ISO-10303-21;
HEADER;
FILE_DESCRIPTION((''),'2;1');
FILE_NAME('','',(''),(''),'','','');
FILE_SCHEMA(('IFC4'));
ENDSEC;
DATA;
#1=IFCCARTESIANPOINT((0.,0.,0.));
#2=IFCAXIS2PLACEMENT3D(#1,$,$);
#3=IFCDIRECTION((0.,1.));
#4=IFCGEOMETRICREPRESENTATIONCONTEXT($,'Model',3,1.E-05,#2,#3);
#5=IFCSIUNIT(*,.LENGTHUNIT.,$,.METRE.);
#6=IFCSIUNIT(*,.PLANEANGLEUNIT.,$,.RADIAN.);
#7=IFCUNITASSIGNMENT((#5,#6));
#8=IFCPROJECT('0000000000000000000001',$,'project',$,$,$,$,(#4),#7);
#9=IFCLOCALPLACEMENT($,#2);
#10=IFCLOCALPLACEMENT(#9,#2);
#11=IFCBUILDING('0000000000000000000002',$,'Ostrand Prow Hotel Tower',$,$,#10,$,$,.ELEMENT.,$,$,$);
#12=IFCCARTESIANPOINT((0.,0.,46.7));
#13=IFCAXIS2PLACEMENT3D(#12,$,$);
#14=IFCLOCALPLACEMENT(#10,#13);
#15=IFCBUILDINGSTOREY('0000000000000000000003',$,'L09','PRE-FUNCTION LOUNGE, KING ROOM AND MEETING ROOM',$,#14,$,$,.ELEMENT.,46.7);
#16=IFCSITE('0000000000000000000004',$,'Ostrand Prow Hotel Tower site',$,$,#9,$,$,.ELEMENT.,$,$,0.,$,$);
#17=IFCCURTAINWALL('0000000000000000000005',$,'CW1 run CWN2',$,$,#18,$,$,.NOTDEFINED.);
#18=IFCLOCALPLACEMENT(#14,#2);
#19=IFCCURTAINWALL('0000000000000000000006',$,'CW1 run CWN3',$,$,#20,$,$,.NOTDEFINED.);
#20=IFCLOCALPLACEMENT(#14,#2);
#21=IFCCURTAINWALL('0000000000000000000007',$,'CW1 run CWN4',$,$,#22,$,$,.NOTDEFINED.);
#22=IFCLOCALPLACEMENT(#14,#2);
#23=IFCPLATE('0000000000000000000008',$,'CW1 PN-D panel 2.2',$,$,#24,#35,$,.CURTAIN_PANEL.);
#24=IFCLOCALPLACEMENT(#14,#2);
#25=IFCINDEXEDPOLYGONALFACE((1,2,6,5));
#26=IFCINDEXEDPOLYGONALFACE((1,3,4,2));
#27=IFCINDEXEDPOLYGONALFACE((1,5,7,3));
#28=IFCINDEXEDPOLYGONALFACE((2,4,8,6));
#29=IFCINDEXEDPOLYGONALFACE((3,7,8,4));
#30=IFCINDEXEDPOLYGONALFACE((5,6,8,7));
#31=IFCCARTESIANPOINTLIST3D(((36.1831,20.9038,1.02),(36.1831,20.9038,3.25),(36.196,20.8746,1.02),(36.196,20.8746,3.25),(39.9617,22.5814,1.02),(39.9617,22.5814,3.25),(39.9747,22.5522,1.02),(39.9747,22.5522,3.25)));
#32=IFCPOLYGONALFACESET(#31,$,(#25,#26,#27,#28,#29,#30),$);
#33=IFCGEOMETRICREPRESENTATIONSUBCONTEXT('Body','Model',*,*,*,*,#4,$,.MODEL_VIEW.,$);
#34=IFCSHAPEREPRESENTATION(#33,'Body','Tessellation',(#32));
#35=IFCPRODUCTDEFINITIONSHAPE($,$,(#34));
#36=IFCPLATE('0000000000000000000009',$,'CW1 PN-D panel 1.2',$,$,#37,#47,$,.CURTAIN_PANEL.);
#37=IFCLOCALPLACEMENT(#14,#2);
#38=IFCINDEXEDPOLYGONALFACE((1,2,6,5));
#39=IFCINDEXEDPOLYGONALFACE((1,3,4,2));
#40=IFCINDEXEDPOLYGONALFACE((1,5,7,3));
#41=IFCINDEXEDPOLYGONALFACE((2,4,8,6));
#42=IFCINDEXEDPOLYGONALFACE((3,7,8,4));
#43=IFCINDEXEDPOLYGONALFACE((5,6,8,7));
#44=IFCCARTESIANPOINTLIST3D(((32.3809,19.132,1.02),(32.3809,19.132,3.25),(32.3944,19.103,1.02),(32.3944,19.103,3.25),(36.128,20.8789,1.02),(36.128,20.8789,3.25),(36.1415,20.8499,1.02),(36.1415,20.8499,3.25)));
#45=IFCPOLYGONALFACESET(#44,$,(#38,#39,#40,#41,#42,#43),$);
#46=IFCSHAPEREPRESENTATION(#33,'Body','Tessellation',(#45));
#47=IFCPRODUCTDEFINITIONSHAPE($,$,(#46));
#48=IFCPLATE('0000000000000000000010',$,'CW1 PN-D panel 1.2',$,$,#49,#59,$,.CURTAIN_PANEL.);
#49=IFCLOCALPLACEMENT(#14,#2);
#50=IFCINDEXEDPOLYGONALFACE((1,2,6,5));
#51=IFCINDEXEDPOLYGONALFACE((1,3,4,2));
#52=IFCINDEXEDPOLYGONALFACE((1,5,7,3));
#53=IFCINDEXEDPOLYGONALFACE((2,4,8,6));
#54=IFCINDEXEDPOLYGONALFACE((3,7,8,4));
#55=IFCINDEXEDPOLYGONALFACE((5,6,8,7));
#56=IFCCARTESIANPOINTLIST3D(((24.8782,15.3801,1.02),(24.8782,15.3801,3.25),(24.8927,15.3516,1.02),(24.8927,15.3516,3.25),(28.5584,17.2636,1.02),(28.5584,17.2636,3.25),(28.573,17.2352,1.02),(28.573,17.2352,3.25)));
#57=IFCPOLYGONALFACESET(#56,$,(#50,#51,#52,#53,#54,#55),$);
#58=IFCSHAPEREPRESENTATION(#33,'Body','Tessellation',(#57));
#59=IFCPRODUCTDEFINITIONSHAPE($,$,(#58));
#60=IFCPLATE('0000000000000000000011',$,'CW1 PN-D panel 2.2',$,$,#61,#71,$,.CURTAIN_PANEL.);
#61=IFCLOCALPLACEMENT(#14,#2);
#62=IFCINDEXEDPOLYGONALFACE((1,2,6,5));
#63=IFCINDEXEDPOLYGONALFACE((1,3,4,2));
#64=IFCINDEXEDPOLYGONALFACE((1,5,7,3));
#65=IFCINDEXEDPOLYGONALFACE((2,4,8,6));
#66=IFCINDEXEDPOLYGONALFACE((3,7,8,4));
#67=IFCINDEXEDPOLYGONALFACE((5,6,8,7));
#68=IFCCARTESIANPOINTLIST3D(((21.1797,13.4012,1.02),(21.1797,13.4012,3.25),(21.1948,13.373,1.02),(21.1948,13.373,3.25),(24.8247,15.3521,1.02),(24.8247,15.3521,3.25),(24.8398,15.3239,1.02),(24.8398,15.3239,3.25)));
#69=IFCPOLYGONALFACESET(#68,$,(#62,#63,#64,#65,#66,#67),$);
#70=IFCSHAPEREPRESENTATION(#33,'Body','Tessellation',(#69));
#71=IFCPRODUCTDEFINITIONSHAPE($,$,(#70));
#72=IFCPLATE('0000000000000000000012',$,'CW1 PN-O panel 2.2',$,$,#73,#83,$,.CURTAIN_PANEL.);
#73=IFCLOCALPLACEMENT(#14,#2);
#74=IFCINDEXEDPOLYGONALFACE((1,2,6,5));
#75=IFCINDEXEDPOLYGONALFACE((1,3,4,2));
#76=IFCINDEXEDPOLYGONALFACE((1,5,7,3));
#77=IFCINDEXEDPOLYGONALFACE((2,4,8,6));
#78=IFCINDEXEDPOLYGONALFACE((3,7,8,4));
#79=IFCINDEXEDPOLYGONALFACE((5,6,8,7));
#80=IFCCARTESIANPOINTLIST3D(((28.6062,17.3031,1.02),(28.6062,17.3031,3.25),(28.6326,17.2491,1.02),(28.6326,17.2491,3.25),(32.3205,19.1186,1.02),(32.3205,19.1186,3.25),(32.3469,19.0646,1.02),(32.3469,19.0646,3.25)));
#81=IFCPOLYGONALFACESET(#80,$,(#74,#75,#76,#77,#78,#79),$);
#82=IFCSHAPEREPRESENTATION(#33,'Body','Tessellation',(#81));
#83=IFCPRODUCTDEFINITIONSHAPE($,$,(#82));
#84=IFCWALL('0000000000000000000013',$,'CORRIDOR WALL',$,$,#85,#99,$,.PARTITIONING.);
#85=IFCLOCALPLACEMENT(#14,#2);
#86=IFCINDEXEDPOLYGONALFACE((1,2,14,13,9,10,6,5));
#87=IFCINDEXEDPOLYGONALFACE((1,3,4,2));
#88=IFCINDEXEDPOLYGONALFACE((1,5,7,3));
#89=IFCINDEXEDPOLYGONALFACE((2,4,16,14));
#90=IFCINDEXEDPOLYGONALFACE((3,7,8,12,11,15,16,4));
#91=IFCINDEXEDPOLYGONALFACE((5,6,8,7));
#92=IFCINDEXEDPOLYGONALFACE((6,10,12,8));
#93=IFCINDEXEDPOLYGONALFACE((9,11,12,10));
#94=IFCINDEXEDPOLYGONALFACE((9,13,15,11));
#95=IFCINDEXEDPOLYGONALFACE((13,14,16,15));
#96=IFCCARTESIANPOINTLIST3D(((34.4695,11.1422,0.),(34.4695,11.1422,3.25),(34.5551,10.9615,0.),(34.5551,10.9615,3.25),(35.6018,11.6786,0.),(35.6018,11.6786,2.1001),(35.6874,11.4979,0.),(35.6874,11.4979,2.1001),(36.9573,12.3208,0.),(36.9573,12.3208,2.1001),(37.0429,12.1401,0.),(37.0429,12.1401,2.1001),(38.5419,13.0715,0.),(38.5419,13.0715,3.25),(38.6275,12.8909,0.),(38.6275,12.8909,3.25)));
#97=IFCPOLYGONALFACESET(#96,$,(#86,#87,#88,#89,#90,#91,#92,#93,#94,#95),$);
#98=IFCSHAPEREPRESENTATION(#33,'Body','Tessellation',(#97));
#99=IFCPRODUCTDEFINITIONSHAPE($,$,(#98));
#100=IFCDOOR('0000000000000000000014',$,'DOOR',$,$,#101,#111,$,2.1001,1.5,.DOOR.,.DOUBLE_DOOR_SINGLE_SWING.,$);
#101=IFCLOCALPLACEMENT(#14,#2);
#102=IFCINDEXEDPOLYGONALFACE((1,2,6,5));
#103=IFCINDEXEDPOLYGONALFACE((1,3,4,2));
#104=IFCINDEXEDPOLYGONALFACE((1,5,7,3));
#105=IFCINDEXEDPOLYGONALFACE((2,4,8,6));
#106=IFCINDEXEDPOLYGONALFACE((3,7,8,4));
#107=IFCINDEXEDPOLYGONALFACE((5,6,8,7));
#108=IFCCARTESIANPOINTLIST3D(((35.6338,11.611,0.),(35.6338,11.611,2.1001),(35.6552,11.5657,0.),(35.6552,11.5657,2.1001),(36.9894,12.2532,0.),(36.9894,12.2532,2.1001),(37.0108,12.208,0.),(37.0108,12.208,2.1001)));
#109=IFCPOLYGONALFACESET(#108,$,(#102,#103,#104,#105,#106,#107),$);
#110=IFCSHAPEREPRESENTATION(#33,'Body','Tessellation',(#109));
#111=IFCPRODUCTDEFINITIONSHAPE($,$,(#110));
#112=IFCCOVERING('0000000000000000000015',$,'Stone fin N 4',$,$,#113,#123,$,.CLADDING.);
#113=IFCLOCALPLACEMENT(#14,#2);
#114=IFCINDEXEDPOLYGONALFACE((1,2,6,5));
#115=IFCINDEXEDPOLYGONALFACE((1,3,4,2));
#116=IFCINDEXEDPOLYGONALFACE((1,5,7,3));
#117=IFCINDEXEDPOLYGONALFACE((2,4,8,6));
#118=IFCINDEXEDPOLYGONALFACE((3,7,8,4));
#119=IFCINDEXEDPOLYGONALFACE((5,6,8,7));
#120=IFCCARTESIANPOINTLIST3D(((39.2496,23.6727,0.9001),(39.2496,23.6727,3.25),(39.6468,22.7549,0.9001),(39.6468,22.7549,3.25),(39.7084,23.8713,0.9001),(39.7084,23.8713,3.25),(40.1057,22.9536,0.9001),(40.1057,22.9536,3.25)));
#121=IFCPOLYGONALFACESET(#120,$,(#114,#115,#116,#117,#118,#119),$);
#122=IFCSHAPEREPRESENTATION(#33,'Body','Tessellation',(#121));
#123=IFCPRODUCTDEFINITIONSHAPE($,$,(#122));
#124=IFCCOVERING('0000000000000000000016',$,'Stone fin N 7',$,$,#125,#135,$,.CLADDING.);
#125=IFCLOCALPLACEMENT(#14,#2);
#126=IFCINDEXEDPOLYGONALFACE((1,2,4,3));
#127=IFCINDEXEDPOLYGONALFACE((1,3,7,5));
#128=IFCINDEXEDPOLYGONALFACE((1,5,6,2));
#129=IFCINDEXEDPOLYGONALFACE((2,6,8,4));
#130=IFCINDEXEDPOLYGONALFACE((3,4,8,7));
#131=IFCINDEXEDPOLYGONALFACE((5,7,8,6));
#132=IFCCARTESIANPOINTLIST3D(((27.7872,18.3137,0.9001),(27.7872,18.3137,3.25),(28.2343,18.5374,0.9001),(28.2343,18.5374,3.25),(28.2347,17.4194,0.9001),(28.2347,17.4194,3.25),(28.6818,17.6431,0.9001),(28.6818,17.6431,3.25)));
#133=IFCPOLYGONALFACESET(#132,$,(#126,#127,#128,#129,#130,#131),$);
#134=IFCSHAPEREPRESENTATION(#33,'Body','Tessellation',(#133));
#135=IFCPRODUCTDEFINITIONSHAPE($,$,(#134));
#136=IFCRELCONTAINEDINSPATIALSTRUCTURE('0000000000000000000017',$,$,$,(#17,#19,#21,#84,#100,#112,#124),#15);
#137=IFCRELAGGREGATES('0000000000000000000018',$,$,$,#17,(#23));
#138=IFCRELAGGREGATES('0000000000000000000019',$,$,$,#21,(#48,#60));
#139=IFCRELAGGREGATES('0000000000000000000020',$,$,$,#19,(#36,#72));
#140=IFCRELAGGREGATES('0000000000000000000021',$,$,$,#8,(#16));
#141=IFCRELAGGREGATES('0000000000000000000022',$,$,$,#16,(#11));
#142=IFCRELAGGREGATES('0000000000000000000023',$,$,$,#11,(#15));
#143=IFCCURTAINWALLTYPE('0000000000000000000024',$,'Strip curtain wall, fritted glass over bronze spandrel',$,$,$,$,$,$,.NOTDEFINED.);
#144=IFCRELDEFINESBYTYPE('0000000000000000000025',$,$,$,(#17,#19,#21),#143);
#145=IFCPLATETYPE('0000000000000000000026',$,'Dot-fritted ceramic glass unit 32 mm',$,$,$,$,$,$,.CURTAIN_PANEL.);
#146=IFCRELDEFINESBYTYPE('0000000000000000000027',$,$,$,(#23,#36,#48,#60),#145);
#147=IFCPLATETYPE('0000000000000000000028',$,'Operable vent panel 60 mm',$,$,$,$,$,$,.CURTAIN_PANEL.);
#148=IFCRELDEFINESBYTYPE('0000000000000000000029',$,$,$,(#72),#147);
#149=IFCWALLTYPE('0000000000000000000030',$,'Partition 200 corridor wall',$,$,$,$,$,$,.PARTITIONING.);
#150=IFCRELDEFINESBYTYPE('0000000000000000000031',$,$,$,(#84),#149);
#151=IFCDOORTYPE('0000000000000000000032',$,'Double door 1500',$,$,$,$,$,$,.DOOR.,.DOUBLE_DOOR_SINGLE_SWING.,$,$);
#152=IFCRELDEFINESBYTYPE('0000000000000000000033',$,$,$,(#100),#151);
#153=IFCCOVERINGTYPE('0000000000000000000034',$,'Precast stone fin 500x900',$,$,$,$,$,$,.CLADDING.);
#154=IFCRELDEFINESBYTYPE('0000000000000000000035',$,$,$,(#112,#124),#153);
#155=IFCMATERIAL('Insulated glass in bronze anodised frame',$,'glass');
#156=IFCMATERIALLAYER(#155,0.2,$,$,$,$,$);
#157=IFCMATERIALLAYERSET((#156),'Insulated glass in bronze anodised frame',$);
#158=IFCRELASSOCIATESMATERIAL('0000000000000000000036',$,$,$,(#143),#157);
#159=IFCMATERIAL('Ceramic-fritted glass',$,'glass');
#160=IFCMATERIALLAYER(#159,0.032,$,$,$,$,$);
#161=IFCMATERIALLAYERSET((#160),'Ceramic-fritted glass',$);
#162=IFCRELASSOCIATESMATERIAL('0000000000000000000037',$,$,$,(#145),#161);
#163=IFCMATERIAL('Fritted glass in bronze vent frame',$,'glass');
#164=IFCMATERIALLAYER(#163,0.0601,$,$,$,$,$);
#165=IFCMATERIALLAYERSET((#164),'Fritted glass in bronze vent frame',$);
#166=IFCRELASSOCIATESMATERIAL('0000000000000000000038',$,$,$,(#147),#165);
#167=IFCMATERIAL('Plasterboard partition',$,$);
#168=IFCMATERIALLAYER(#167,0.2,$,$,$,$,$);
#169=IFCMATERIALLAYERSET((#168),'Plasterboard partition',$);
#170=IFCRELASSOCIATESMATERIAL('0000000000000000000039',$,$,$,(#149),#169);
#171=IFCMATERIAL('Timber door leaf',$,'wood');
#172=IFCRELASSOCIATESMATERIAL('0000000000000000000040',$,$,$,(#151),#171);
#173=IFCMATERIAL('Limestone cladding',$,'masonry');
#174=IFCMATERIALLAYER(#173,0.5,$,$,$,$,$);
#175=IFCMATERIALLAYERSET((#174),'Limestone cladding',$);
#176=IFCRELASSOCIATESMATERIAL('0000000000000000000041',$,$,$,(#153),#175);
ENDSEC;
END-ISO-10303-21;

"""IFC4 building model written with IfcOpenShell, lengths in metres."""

from ifc_helpers import new_model, si_unit, direction, frame, frame_2d, origin, origin_2d, place, context, subcontext, project, spatial, rectangle, extrude, material, layer, layer_set, type_object, element, fill, aggregate, save


model = new_model("IFC4")

# Units and contexts
model_context = context("Model", 3, precision=1e-05, world=origin(), true_north=direction((0.0, 1.0)))
body_context = subcontext(model_context, "Body", "Model", "MODEL_VIEW")
ifc_project = project(units=[si_unit("LENGTHUNIT", "METRE"), si_unit("PLANEANGLEUNIT", "RADIAN")], contexts=[model_context])

# Site, building, storey
site_placement = place(None, origin())
site = spatial("IfcSite", under=ifc_project, at=site_placement, Name="Ostrand Prow Hotel Tower site", CompositionType="ELEMENT", RefElevation=0.0)
building_placement = place(site_placement, origin())
building = spatial("IfcBuilding", under=site, at=building_placement, Name="Ostrand Prow Hotel Tower", CompositionType="ELEMENT")
storey_placement = place(building_placement, frame((0.0, 0.0, 46.7)))
storey = spatial("IfcBuildingStorey", under=building, at=storey_placement, Name="L09", Description="PRE-FUNCTION LOUNGE, KING ROOM AND MEETING ROOM", CompositionType="ELEMENT", Elevation=46.7)

# Curtain wall
ifc_material_1 = material(Name="Insulated glass in bronze anodised frame", Category="glass")
ifc_layer_1 = layer(ifc_material_1, 0.2)
ifc_layer_set_1 = layer_set([ifc_layer_1], Name="Insulated glass in bronze anodised frame")
curtain_wall_type = type_object("IfcCurtainWallType", Name="Strip curtain wall, fritted glass over bronze spandrel", PredefinedType="NOTDEFINED", material=ifc_layer_set_1)
curtain_wall_1_placement = place(storey_placement, origin())
curtain_wall_1 = element("IfcCurtainWall", 1, at=curtain_wall_1_placement, inside=storey, type_object=curtain_wall_type, Name="CW1 run CWN2", PredefinedType="NOTDEFINED")

# Curtain walls
curtain_wall_2_placement = place(storey_placement, origin())
curtain_wall_2 = element("IfcCurtainWall", 2, at=curtain_wall_2_placement, inside=storey, type_object=curtain_wall_type, Name="CW1 run CWN3", PredefinedType="NOTDEFINED")
curtain_wall_3_placement = place(storey_placement, origin())
curtain_wall_3 = element("IfcCurtainWall", 3, at=curtain_wall_3_placement, inside=storey, type_object=curtain_wall_type, Name="CW1 run CWN4", PredefinedType="NOTDEFINED")

# Plates
ifc_material_2 = material(Name="Ceramic-fritted glass", Category="glass")
ifc_layer_2 = layer(ifc_material_2, 0.032)
ifc_layer_set_2 = layer_set([ifc_layer_2], Name="Ceramic-fritted glass")
plate_type_1 = type_object("IfcPlateType", Name="Dot-fritted ceramic glass unit 32 mm", PredefinedType="CURTAIN_PANEL", material=ifc_layer_set_2)
plate_1_placement = place(storey_placement, frame((38.0789, 21.728, 1.02), z_axis=(0.0, 0.0, 1.0), x_axis=(-0.913971, -0.40578, 0.0)))
plate_1 = element("IfcPlate", 4, at=plate_1_placement, type_object=plate_type_1, Name="CW1 PN-D panel 2.2", PredefinedType="CURTAIN_PANEL", context=body_context, shape_type="SweptSolid", body=[
    extrude(rectangle(XDim=4.1343, YDim=0.032, at=origin_2d()), origin(), (0.0, 0.0, 1.0), 2.23),
])
aggregate(curtain_wall_1, [plate_1])
plate_2_placement = place(storey_placement, frame((34.2612, 19.991, 1.02), z_axis=(0.0, 0.0, 1.0), x_axis=(-0.906349, -0.42253, 0.0)))
plate_2 = element("IfcPlate", 5, at=plate_2_placement, type_object=plate_type_1, Name="CW1 PN-D panel 1.2", PredefinedType="CURTAIN_PANEL", context=body_context, shape_type="SweptSolid", body=[
    extrude(rectangle(XDim=4.1343, YDim=0.032, at=origin_2d()), origin(), (0.0, 0.0, 1.0), 2.23),
])
plate_3_placement = place(storey_placement, frame((26.7256, 16.3076, 1.02), z_axis=(0.0, 0.0, 1.0), x_axis=(-0.890187, -0.455596, 0.0)))
plate_3 = element("IfcPlate", 6, at=plate_3_placement, type_object=plate_type_1, Name="CW1 PN-D panel 1.2", PredefinedType="CURTAIN_PANEL", context=body_context, shape_type="SweptSolid", body=[
    extrude(rectangle(XDim=4.1343, YDim=0.032, at=origin_2d()), origin(), (0.0, 0.0, 1.0), 2.23),
])
plate_4_placement = place(storey_placement, frame((23.0098, 14.3625, 1.02), z_axis=(0.0, 0.0, 1.0), x_axis=(-0.881652, -0.4719, 0.0)))
plate_4 = element("IfcPlate", 7, at=plate_4_placement, type_object=plate_type_1, Name="CW1 PN-D panel 2.2", PredefinedType="CURTAIN_PANEL", context=body_context, shape_type="SweptSolid", body=[
    extrude(rectangle(XDim=4.1343, YDim=0.032, at=origin_2d()), origin(), (0.0, 0.0, 1.0), 2.23),
])
aggregate(curtain_wall_3, [plate_3, plate_4])
ifc_material_3 = material(Name="Fritted glass in bronze vent frame", Category="glass")
ifc_layer_3 = layer(ifc_material_3, 0.0601)
ifc_layer_set_3 = layer_set([ifc_layer_3], Name="Fritted glass in bronze vent frame")
plate_type_2 = type_object("IfcPlateType", Name="Operable vent panel 60 mm", PredefinedType="CURTAIN_PANEL", material=ifc_layer_set_3)
plate_5_placement = place(storey_placement, frame((30.4766, 18.1838, 1.02), z_axis=(0.0, 0.0, 1.0), x_axis=(-0.89842, -0.439138, 0.0)))
plate_5 = element("IfcPlate", 8, at=plate_5_placement, type_object=plate_type_2, Name="CW1 PN-O panel 2.2", PredefinedType="CURTAIN_PANEL", context=body_context, shape_type="SweptSolid", body=[
    extrude(rectangle(XDim=4.1343, YDim=0.0601, at=origin_2d()), origin(), (0.0, 0.0, 1.0), 2.23),
])
aggregate(curtain_wall_2, [plate_2, plate_5])

# Wall, opening, door
ifc_material_4 = material(Name="Plasterboard partition")
ifc_layer_4 = layer(ifc_material_4, 0.2)
ifc_layer_set_4 = layer_set([ifc_layer_4], Name="Plasterboard partition")
wall_type = type_object("IfcWallType", Name="Partition 200 corridor wall", PredefinedType="PARTITIONING", material=ifc_layer_set_4)
wall_placement = place(storey_placement, frame((38.5847, 12.9812, 0.0), z_axis=(0.0, 0.0, 1.0), x_axis=(-0.903707, -0.428152, 0.0)))
wall = element("IfcWall", 9, at=wall_placement, inside=storey, type_object=wall_type, Name="CORRIDOR WALL", PredefinedType="PARTITIONING", context=body_context, shape_type="SweptSolid", body=[
    extrude(rectangle(XDim=4.5063, YDim=0.2, at=frame_2d((2.2532, 0.0))), origin(), (0.0, 0.0, 1.0), 3.25),
])
opening_placement = place(wall_placement, frame((1.7534, 0.0, 0.0)))
opening = element("IfcOpeningElement", 10, at=opening_placement, cuts=wall, PredefinedType="OPENING", context=body_context, shape_type="SweptSolid", body=[
    extrude(rectangle(XDim=1.5, YDim=2.1001, at=frame_2d((0.75, 1.05))), frame((0.0, 0.1099, 0.0), z_axis=(0.0, -1.0, 0.0), x_axis=(1.0, 0.0, 0.0)), (0.0, 0.0, 1.0), 0.22),
])
ifc_material_5 = material(Name="Timber door leaf", Category="wood")
door_type = type_object("IfcDoorType", Name="Double door 1500", OperationType="DOUBLE_DOOR_SINGLE_SWING", PredefinedType="DOOR", material=ifc_material_5)
door_placement = place(opening_placement, origin())
door = element("IfcDoor", 11, at=door_placement, inside=storey, type_object=door_type, Name="DOOR", OperationType="DOUBLE_DOOR_SINGLE_SWING", OverallHeight=2.1001, OverallWidth=1.5, PredefinedType="DOOR", context=body_context, shape_type="SweptSolid", body=[
    extrude(rectangle(XDim=1.5, YDim=2.1001, at=frame_2d((0.75, 1.05))), frame((0.0, 0.0249, 0.0), z_axis=(0.0, -1.0, 0.0), x_axis=(1.0, 0.0, 0.0)), (0.0, 0.0, 1.0), 0.05),
])
fill(opening, door)

# Coverings
ifc_material_6 = material(Name="Limestone cladding", Category="masonry")
ifc_layer_5 = layer(ifc_material_6, 0.5)
ifc_layer_set_5 = layer_set([ifc_layer_5], Name="Limestone cladding")
covering_type = type_object("IfcCoveringType", Name="Precast stone fin 500x900", PredefinedType="CLADDING", material=ifc_layer_set_5)
for number, where, z_axis, x_axis, name in (
    (12, (39.8762, 22.8542, 0.9001), (0.0, 0.0, 1.0), (-0.397217, 0.917725, 0.0), "Stone fin N 4"),
    (13, (28.4583, 17.5312, 0.9001), (0.0, 0.0, 1.0), (-0.447507, 0.894281, 0.0), "Stone fin N 7"),
):
    element("IfcCovering", number, at=place(storey_placement, frame(where, z_axis=z_axis, x_axis=x_axis)), inside=storey, type_object=covering_type, Name=name, PredefinedType="CLADDING", context=body_context, shape_type="SweptSolid", body=[
        extrude(rectangle(XDim=1.0, YDim=0.5, at=frame_2d((0.5, 0.0))), origin(), (0.0, 0.0, 1.0), 2.3499),
    ])

save(model, "model.ifc")
